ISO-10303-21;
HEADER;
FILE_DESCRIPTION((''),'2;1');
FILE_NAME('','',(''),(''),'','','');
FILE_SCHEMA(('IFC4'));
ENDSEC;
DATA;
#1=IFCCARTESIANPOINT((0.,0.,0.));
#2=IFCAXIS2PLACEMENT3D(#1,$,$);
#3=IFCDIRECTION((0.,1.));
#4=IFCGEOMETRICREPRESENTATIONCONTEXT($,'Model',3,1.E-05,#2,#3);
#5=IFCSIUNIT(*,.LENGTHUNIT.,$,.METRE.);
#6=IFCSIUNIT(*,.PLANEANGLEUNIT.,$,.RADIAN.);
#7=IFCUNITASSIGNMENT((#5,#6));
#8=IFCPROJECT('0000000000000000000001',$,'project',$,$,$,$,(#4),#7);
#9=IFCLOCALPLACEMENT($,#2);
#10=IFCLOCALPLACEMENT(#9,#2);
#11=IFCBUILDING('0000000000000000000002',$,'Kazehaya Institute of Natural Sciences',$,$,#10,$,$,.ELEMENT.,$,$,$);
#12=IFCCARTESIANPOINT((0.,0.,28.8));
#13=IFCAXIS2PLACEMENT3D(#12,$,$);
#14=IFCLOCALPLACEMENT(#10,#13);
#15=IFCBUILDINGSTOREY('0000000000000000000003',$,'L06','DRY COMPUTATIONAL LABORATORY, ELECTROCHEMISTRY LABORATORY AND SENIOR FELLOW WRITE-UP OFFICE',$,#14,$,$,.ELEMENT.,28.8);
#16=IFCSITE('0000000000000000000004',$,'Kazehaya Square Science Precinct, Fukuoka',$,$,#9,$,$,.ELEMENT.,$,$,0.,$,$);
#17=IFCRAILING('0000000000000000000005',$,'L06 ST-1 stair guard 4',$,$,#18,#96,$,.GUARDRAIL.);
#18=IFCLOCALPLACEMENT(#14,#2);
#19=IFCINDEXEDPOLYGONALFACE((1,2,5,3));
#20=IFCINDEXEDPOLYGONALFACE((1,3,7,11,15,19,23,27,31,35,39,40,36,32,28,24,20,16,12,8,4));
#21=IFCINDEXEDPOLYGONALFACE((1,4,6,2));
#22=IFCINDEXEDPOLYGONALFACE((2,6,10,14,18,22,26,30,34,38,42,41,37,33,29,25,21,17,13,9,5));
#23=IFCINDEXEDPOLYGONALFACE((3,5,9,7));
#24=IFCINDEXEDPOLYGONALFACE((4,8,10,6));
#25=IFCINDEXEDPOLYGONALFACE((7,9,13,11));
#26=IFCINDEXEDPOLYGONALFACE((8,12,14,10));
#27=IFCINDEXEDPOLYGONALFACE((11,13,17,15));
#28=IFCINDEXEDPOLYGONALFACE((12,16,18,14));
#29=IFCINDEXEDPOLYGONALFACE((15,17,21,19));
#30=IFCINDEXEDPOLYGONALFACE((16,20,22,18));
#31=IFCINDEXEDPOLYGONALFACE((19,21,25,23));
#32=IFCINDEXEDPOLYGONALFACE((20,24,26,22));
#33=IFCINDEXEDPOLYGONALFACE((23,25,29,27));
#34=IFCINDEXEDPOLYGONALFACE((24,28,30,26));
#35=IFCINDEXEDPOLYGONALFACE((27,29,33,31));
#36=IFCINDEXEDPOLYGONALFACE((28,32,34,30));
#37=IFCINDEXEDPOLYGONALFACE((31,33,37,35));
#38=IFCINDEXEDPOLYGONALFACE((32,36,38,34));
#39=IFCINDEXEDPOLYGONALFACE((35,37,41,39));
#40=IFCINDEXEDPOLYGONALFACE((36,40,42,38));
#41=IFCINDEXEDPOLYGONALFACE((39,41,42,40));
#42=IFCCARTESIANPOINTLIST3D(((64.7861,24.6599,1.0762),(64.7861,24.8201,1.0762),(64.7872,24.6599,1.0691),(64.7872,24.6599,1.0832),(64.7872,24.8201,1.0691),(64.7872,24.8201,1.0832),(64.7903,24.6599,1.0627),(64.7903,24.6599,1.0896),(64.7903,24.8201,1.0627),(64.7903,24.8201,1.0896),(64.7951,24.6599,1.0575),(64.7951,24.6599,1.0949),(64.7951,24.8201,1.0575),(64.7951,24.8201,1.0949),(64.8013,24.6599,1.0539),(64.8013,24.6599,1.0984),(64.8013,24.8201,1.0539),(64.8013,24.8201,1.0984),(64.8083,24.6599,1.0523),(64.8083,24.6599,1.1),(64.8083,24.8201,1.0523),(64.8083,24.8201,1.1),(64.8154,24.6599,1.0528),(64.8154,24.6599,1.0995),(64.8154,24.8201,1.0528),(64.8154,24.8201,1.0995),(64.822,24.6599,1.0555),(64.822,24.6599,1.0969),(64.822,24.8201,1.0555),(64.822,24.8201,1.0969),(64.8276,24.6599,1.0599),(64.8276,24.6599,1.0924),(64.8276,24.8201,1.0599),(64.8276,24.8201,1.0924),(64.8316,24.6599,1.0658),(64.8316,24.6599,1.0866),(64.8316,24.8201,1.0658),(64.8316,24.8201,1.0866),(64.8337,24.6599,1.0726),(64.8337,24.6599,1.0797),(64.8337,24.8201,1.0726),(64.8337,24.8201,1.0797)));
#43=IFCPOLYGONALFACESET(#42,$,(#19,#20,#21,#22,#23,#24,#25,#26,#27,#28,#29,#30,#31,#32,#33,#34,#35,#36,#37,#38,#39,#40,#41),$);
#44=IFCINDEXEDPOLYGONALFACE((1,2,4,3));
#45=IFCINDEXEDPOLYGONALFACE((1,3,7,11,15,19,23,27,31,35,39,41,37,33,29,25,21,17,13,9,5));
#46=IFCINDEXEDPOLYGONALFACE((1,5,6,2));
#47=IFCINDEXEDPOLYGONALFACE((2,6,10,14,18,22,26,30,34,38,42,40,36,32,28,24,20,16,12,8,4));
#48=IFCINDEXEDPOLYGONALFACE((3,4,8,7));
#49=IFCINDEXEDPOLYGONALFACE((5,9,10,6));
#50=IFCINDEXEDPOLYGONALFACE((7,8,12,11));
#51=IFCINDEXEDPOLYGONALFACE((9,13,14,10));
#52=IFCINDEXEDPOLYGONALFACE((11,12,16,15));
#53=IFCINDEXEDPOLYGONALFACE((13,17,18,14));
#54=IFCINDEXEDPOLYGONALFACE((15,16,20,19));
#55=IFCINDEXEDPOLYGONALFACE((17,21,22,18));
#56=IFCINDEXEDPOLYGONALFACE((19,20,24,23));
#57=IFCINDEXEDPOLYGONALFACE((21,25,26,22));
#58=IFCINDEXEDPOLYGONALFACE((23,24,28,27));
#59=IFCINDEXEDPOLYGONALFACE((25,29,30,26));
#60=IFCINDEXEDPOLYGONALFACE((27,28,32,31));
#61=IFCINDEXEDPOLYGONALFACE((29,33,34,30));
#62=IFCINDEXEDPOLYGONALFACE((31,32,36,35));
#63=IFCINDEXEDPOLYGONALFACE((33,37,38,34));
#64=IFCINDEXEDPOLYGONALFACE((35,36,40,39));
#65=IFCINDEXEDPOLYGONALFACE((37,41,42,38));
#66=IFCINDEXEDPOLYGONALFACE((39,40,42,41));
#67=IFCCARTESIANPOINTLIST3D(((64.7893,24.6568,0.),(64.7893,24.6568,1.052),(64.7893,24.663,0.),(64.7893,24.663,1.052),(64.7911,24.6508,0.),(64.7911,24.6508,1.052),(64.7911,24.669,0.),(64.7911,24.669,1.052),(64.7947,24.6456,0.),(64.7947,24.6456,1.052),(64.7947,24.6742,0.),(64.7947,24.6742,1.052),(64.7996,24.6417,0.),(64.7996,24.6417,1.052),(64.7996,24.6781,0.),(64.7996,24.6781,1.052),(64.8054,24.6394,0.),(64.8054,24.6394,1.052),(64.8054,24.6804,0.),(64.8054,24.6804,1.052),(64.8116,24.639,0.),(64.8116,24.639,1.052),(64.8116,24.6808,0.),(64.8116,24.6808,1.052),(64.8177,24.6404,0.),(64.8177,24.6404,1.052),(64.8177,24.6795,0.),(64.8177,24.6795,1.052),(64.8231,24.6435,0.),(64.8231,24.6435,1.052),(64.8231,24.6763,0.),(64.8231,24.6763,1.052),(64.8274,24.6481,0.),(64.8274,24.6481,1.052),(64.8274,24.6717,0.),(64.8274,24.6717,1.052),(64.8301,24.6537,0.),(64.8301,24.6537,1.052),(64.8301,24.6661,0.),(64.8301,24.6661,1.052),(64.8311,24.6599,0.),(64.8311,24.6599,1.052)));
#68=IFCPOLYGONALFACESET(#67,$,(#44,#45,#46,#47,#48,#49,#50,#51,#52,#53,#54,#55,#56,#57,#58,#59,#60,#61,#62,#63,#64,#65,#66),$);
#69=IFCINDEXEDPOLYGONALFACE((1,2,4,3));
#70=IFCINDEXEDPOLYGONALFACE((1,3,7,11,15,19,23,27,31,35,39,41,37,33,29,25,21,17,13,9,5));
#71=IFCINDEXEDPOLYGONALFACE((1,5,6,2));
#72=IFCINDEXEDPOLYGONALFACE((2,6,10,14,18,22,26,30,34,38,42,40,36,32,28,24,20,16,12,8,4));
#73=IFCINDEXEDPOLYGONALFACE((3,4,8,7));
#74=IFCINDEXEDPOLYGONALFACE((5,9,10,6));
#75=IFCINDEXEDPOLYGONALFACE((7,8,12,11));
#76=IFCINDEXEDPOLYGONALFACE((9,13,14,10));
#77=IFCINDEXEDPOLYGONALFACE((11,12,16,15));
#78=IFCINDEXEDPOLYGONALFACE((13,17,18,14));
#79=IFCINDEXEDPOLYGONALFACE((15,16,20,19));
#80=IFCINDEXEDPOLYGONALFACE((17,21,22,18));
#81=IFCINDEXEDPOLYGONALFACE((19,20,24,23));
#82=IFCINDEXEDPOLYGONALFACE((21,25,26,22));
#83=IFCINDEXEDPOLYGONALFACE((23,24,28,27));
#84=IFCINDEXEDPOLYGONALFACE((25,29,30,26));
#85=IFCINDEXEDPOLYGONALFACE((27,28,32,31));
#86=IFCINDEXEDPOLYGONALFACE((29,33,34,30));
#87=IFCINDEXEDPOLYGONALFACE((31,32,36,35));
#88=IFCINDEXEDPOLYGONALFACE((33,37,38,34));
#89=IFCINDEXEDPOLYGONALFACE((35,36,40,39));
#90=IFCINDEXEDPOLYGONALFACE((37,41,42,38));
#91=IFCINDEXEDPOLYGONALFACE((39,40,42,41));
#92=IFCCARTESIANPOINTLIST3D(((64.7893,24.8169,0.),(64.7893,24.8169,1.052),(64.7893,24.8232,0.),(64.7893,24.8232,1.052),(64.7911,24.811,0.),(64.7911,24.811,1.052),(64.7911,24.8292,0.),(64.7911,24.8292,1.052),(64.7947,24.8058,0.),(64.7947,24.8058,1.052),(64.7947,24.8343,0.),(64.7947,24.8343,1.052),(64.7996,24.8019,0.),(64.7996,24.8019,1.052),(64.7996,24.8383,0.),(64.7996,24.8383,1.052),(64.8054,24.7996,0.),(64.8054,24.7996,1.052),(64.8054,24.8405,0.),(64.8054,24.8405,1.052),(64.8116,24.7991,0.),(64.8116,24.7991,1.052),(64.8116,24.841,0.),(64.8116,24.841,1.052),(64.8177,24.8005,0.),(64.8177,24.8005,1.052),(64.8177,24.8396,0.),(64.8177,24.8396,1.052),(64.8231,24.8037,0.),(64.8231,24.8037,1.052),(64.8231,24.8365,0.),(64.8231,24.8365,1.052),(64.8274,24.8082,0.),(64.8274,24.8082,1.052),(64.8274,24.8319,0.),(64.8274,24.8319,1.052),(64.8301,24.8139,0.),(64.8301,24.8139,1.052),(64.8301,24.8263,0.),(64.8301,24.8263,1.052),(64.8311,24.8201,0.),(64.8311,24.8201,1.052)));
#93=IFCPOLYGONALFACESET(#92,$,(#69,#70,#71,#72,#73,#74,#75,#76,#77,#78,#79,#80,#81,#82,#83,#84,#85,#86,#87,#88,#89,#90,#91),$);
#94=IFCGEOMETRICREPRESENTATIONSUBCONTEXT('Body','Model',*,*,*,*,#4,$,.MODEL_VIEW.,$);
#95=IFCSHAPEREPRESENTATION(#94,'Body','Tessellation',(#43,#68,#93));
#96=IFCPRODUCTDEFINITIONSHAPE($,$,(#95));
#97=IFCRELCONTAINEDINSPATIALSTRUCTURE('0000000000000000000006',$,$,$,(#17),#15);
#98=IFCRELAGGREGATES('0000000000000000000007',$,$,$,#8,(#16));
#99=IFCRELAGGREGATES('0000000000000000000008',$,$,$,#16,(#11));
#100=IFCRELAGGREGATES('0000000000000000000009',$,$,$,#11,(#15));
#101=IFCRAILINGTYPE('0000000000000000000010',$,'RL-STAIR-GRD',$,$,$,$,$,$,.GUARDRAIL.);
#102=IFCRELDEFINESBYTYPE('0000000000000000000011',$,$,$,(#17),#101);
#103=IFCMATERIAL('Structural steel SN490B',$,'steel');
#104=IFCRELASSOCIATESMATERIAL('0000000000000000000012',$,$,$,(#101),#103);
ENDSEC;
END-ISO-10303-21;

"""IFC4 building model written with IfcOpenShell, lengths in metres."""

from ifc_helpers import new_model, si_unit, direction, frame, origin, origin_2d, place, context, subcontext, project, spatial, circle, extrude, material, type_object, element, save


model = new_model("IFC4")

# Units and contexts
model_context = context("Model", 3, precision=1e-05, world=origin(), true_north=direction((0.0, 1.0)))
body_context = subcontext(model_context, "Body", "Model", "MODEL_VIEW")
ifc_project = project(units=[si_unit("LENGTHUNIT", "METRE"), si_unit("PLANEANGLEUNIT", "RADIAN")], contexts=[model_context])

# Site, building, storey
site_placement = place(None, origin())
site = spatial("IfcSite", under=ifc_project, at=site_placement, Name="Kazehaya Square Science Precinct, Fukuoka", CompositionType="ELEMENT", RefElevation=0.0)
building_placement = place(site_placement, origin())
building = spatial("IfcBuilding", under=site, at=building_placement, Name="Kazehaya Institute of Natural Sciences", CompositionType="ELEMENT")
storey_placement = place(building_placement, frame((0.0, 0.0, 28.8)))
storey = spatial("IfcBuildingStorey", under=building, at=storey_placement, Name="L06", Description="DRY COMPUTATIONAL LABORATORY, ELECTROCHEMISTRY LABORATORY AND SENIOR FELLOW WRITE-UP OFFICE", CompositionType="ELEMENT", Elevation=28.8)

# Railing
ifc_material_1 = material(Name="Structural steel SN490B", Category="steel")
railing_type_1 = type_object("IfcRailingType", Name="RL-STAIR-GRD", PredefinedType="GUARDRAIL", material=ifc_material_1)
railing_1_placement = place(storey_placement, frame((64.8101, 24.6599, 0.0)))
element("IfcRailing", 1, at=railing_1_placement, inside=storey, type_object=railing_type_1, Name="L06 ST-1 stair guard 4", PredefinedType="GUARDRAIL", context=body_context, shape_type="SweptSolid", body=[
    extrude(circle(Radius=0.0239, at=origin_2d()), frame((0.0, 0.0, 1.0762), z_axis=(0.0, 1.0, 0.0), x_axis=(-1.0, 0.0, 0.0)), (0.0, 0.0, 1.0), 0.1602),
    extrude(circle(Radius=0.021, at=origin_2d()), origin(), (0.0, 0.0, 1.0), 1.052),
    extrude(circle(Radius=0.021, at=origin_2d()), frame((0.0, 0.1602, 0.0)), (0.0, 0.0, 1.0), 1.052),
])

save(model, "model.ifc")
